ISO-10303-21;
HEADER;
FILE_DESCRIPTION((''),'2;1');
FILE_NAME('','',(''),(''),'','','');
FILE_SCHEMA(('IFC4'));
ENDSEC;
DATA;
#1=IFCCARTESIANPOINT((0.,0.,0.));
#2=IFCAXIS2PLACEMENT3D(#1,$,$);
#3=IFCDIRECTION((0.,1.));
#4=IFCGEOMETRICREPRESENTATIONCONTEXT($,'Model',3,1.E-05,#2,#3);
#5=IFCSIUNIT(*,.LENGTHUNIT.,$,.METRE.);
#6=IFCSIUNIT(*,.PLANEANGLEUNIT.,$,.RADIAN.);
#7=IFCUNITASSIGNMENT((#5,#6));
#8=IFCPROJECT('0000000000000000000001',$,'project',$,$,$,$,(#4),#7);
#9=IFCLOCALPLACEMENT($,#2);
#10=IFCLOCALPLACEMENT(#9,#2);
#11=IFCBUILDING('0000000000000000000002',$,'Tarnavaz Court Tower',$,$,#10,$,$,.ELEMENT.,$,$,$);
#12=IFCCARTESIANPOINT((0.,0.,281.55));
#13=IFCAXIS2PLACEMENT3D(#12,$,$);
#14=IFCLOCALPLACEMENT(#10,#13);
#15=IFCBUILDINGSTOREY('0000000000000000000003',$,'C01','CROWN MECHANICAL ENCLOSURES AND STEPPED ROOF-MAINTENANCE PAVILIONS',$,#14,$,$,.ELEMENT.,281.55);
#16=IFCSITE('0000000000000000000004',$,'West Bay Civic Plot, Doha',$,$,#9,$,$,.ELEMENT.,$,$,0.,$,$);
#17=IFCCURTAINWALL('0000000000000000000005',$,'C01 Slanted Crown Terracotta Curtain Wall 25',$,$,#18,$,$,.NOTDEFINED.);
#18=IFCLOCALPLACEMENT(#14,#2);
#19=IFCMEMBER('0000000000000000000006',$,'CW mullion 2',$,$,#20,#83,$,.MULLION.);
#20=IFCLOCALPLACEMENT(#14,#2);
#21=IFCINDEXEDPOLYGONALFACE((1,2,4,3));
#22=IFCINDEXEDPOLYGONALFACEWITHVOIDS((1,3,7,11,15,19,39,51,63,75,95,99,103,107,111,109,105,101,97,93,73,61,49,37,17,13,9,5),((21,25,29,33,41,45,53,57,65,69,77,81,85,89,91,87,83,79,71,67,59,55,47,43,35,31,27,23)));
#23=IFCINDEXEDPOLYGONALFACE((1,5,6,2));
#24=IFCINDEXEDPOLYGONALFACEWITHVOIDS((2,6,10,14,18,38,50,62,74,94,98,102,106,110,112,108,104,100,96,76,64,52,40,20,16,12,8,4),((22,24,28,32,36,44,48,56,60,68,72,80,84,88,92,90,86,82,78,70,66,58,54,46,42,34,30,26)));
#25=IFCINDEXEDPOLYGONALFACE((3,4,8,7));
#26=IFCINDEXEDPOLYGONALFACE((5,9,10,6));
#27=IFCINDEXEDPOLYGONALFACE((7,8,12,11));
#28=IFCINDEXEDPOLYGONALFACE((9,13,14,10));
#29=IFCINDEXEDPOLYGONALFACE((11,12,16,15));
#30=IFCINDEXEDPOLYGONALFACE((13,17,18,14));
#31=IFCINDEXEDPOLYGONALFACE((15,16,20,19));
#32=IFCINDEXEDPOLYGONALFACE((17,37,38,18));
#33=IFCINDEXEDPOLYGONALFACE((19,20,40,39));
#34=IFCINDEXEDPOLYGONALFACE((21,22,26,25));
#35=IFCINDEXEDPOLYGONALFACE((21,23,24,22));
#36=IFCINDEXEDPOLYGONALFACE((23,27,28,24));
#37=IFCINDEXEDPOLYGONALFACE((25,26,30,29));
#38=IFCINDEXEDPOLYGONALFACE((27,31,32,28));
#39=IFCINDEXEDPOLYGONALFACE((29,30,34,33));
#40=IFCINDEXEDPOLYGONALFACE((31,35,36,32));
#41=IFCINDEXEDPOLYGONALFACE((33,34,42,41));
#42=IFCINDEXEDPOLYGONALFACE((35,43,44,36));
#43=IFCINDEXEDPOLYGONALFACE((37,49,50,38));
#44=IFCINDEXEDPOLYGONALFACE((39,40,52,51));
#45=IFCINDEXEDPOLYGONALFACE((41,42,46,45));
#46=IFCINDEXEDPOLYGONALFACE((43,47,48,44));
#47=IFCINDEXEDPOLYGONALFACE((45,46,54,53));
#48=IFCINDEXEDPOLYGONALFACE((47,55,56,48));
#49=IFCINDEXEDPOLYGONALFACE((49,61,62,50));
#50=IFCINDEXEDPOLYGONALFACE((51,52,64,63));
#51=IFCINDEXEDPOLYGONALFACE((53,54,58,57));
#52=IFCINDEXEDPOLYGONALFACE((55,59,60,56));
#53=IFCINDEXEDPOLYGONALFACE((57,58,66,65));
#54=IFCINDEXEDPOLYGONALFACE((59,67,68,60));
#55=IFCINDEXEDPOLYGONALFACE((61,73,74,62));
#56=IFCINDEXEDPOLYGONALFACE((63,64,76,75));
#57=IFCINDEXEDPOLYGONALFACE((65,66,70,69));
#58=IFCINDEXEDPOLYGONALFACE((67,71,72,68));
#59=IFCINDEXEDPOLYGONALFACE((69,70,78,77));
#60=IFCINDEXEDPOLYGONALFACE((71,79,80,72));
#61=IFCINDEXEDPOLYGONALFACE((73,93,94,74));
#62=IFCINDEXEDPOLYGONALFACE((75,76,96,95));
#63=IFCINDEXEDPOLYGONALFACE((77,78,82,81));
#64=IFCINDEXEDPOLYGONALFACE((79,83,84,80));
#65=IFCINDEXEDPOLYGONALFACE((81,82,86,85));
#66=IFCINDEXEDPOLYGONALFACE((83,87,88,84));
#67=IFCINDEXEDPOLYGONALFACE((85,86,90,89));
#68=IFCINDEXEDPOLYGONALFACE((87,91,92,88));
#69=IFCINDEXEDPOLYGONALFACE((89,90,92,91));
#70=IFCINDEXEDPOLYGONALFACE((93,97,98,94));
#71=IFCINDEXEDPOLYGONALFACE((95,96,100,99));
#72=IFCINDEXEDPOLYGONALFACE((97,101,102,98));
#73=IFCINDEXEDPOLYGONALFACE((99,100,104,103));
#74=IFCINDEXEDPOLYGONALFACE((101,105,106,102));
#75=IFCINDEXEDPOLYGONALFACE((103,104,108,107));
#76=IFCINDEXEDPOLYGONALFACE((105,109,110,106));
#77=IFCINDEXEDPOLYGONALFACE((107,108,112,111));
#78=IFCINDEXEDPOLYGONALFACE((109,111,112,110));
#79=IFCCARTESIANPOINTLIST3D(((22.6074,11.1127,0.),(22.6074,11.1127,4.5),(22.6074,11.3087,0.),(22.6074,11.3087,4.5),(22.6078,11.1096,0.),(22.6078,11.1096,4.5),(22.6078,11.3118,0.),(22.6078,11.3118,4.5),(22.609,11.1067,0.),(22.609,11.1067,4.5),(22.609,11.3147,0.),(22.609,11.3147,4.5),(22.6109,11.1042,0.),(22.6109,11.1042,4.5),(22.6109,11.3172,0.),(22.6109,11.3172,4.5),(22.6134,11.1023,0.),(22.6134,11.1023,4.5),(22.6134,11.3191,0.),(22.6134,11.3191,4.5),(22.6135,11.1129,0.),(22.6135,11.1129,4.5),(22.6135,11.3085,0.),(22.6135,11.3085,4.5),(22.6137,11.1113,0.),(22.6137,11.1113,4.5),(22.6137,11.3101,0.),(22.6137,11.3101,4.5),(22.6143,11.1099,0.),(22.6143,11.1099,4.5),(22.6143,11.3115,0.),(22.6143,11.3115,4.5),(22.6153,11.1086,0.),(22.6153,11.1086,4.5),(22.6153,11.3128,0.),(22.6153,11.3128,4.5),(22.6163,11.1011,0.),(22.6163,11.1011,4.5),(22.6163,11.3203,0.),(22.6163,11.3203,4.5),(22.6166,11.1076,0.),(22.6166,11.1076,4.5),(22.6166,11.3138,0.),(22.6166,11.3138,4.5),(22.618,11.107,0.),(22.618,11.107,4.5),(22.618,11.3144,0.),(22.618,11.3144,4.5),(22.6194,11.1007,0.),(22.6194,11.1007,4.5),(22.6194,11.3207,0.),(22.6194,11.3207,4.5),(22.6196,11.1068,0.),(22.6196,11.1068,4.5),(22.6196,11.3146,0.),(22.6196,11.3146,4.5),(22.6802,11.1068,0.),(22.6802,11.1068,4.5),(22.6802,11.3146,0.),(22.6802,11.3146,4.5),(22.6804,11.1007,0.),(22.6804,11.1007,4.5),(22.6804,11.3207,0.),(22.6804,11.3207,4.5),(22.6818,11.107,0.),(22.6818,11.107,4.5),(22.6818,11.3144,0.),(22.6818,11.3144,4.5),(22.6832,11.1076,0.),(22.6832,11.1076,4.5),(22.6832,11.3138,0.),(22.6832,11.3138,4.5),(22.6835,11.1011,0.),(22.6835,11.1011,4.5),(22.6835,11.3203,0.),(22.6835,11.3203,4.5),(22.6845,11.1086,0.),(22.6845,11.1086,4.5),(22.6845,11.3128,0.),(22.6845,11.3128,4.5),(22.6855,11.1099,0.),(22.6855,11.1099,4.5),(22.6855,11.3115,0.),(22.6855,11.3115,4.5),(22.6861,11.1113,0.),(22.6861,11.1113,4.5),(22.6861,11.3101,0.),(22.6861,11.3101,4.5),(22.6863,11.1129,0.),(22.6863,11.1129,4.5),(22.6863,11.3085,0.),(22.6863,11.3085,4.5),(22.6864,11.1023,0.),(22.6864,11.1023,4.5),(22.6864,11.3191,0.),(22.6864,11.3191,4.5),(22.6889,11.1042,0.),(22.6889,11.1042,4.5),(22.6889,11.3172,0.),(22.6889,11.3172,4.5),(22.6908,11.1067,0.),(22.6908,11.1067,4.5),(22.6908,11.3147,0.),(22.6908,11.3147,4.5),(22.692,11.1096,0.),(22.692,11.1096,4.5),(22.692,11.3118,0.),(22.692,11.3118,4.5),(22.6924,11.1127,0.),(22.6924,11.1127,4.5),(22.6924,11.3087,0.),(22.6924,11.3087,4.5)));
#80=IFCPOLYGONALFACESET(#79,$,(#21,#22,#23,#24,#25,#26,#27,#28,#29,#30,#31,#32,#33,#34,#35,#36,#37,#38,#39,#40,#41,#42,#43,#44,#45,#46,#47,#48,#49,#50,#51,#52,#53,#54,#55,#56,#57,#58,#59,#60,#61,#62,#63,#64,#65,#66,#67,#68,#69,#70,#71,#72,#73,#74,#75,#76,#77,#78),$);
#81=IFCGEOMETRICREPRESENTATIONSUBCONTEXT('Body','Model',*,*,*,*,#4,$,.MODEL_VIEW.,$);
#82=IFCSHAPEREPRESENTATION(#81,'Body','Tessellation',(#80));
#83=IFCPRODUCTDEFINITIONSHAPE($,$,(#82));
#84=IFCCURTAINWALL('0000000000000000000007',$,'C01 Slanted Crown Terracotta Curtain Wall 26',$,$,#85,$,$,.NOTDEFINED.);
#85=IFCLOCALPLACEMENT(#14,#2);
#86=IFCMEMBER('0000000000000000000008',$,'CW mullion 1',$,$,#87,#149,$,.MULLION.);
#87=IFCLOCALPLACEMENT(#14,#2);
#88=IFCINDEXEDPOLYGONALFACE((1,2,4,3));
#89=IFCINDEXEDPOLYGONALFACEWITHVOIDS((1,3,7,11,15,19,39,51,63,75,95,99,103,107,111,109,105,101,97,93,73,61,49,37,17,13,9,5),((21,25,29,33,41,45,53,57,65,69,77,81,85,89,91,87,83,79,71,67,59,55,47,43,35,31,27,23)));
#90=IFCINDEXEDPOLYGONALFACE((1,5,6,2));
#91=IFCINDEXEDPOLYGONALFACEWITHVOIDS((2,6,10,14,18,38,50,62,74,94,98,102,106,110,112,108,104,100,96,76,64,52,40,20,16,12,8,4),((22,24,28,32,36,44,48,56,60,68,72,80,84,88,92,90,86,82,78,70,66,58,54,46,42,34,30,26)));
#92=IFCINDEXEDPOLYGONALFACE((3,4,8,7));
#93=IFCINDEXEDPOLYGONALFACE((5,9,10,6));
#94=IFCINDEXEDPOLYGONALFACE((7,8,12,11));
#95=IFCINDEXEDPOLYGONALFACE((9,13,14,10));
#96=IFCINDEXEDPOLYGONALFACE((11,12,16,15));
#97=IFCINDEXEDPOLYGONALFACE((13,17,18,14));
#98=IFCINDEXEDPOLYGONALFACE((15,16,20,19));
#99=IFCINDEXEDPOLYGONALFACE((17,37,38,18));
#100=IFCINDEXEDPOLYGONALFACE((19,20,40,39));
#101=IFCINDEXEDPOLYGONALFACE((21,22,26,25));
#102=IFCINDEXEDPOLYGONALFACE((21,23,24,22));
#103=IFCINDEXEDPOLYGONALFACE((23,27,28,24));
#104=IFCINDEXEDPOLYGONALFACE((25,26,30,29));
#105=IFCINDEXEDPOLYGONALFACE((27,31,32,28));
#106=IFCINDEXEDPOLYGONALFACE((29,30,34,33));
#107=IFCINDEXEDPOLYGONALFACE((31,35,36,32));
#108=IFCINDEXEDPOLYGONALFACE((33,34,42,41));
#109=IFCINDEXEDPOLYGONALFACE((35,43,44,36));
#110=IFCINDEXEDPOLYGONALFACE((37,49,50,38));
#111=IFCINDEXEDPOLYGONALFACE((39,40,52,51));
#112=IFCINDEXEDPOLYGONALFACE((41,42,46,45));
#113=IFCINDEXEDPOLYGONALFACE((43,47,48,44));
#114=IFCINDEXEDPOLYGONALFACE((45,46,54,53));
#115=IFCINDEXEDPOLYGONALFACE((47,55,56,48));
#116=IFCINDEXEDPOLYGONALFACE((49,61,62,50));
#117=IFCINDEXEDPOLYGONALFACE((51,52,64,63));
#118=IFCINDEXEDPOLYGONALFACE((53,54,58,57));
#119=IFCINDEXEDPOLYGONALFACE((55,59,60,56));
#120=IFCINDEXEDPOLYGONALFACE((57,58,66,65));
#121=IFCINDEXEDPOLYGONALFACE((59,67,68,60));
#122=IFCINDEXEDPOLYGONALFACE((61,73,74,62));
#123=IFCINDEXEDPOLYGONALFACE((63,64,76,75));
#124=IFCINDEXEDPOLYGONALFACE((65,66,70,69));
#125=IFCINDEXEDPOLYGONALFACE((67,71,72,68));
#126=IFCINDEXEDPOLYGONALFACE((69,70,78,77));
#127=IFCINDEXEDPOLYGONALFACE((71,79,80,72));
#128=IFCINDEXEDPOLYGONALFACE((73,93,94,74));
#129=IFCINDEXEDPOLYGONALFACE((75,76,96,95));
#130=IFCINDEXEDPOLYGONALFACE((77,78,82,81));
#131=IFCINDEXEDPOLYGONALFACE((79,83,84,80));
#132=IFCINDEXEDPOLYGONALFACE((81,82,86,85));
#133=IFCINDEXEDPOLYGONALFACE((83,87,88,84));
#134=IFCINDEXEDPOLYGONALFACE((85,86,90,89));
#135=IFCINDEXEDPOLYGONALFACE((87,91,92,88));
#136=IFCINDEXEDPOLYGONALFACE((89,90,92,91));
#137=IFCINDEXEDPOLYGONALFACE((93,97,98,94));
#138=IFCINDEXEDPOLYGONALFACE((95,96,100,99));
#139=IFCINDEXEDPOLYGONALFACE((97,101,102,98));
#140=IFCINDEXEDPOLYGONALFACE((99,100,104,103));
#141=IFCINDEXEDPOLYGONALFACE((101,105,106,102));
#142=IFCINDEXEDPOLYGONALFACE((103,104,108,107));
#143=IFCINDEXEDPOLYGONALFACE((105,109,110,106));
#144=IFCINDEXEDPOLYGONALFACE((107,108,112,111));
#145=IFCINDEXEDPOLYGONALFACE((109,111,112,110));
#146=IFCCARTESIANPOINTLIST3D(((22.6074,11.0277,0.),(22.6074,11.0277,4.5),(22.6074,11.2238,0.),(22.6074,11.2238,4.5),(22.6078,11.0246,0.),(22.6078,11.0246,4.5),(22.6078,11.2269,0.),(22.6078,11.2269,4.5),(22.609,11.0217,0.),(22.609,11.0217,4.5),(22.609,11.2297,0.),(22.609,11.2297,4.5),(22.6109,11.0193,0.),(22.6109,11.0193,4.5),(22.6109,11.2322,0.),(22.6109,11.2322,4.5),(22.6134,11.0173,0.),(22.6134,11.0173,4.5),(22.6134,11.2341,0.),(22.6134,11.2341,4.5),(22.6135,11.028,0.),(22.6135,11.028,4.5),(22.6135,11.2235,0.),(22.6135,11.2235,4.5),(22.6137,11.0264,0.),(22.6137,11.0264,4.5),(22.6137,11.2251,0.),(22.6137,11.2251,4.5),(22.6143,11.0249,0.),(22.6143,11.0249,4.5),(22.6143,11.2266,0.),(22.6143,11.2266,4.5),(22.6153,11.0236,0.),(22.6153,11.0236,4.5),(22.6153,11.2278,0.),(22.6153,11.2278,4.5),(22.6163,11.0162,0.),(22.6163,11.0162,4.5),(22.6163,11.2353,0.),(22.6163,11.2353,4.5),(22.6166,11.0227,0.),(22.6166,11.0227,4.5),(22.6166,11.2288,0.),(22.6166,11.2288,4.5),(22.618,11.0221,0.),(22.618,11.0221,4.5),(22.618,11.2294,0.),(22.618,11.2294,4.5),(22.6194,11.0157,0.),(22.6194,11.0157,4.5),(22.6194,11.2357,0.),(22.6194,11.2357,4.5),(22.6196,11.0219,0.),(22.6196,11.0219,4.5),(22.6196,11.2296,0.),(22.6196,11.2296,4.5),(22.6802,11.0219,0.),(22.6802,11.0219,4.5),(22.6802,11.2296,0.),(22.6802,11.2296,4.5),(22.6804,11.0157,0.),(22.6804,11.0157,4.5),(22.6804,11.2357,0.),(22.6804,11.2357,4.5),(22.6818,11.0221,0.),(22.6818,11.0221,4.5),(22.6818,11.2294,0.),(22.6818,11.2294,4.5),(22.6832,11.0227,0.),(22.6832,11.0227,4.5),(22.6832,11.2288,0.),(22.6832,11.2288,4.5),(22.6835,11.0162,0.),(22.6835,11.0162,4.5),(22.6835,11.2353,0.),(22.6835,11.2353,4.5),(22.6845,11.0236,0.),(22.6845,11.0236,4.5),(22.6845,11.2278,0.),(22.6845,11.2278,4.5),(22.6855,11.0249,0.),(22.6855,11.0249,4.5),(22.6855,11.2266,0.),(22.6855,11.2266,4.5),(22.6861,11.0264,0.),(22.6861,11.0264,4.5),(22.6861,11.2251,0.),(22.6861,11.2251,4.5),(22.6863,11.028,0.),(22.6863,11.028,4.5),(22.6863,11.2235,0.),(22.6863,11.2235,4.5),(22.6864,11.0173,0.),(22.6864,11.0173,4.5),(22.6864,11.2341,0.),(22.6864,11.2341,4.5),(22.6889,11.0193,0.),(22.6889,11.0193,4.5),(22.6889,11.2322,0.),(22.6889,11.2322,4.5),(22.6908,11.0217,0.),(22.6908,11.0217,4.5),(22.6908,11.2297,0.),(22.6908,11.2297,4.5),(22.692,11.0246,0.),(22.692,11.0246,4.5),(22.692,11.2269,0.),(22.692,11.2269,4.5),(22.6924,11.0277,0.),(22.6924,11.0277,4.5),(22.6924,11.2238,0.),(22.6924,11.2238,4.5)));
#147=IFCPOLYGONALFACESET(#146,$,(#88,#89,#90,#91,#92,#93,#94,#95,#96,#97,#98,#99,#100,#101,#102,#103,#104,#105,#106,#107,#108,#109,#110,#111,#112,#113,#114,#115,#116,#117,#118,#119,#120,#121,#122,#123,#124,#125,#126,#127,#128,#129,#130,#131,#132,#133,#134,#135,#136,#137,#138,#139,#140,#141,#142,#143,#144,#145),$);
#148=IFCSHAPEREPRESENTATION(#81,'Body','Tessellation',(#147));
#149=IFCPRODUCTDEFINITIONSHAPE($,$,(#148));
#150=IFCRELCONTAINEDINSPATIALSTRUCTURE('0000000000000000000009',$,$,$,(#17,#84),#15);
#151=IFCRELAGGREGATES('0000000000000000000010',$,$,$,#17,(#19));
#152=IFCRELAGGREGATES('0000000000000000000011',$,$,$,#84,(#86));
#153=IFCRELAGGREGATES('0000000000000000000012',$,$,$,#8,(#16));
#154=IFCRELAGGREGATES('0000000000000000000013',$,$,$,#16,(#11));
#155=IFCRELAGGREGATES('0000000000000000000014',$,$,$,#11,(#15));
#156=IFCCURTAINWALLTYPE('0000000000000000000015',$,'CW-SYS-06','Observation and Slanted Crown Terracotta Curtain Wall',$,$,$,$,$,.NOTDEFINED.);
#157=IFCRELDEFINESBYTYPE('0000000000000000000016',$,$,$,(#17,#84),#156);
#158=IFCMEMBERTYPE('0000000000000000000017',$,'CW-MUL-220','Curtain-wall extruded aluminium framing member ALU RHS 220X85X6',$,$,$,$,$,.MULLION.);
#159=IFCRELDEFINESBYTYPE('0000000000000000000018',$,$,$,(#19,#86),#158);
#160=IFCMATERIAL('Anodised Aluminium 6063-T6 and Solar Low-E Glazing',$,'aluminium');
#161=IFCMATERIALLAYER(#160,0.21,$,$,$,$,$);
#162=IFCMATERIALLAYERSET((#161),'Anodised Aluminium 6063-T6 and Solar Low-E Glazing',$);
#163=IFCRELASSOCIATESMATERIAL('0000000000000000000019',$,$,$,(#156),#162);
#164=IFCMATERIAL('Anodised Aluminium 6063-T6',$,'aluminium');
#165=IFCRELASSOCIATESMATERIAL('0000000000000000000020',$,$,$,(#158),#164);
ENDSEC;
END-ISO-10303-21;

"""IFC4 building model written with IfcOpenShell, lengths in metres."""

from ifc_helpers import new_model, si_unit, direction, frame, origin, origin_2d, place, context, subcontext, project, spatial, hollow_rectangle, extrude, material, layer, layer_set, material_profile, profile_set, type_object, element, aggregate, save


model = new_model("IFC4")

# Units and contexts
model_context = context("Model", 3, precision=1e-05, world=origin(), true_north=direction((0.0, 1.0)))
body_context = subcontext(model_context, "Body", "Model", "MODEL_VIEW")
ifc_project = project(units=[si_unit("LENGTHUNIT", "METRE"), si_unit("PLANEANGLEUNIT", "RADIAN")], contexts=[model_context])

# Site, building, storey
site_placement = place(None, origin())
site = spatial("IfcSite", under=ifc_project, at=site_placement, Name="West Bay Civic Plot, Doha", CompositionType="ELEMENT", RefElevation=0.0)
building_placement = place(site_placement, origin())
building = spatial("IfcBuilding", under=site, at=building_placement, Name="Tarnavaz Court Tower", CompositionType="ELEMENT")
storey_placement = place(building_placement, frame((0.0, 0.0, 281.55)))
storey = spatial("IfcBuildingStorey", under=building, at=storey_placement, Name="C01", Description="CROWN MECHANICAL ENCLOSURES AND STEPPED ROOF-MAINTENANCE PAVILIONS", CompositionType="ELEMENT", Elevation=281.55)

# Shared definitions
ifc_material_1 = material(Name="Anodised Aluminium 6063-T6 and Solar Low-E Glazing", Category="aluminium")
ifc_layer_1 = layer(ifc_material_1, 0.21)
ifc_layer_set_1 = layer_set([ifc_layer_1], Name="Anodised Aluminium 6063-T6 and Solar Low-E Glazing")
curtain_wall_type = type_object("IfcCurtainWallType", Name="CW-SYS-06", Description="Observation and Slanted Crown Terracotta Curtain Wall", PredefinedType="NOTDEFINED", material=ifc_layer_set_1)
ifc_material_2 = material(Name="Anodised Aluminium 6063-T6", Category="aluminium")
ifc_material_profile_1 = material_profile(ifc_material_2, hollow_rectangle(XDim=0.085, YDim=0.22, WallThickness=0.0061, InnerFilletRadius=0.0061, OuterFilletRadius=0.012, at=origin_2d()), Name="ALU RHS 220X85X6")
ifc_profile_set_1 = profile_set([ifc_material_profile_1], Name="Anodised Aluminium 6063-T6")
member_type_1 = type_object("IfcMemberType", Name="CW-MUL-220", Description="Curtain-wall extruded aluminium framing member ALU RHS 220X85X6", PredefinedType="MULLION", material=ifc_profile_set_1)

# Curtain walls, members
curtain_wall_1_placement = place(storey_placement, origin())
curtain_wall_1 = element("IfcCurtainWall", 1, at=curtain_wall_1_placement, inside=storey, type_object=curtain_wall_type, Name="C01 Slanted Crown Terracotta Curtain Wall 25", PredefinedType="NOTDEFINED")
member_1_placement = place(storey_placement, frame((22.6499, 11.2107, 0.0), z_axis=(0.0, 0.0, 1.0), x_axis=(1.0, 0.0, 0.0)))
member_1 = element("IfcMember", 2, at=member_1_placement, type_object=member_type_1, Name="CW mullion 2", PredefinedType="MULLION", context=body_context, shape_type="SweptSolid", body=[
    extrude(hollow_rectangle(XDim=0.085, YDim=0.22, WallThickness=0.0061, InnerFilletRadius=0.0061, OuterFilletRadius=0.012, at=origin_2d()), origin(), (0.0, 0.0, 1.0), 4.5),
])
curtain_wall_2_placement = place(storey_placement, origin())
curtain_wall_2 = element("IfcCurtainWall", 3, at=curtain_wall_2_placement, inside=storey, type_object=curtain_wall_type, Name="C01 Slanted Crown Terracotta Curtain Wall 26", PredefinedType="NOTDEFINED")
member_2_placement = place(storey_placement, frame((22.6499, 11.1257, 0.0), z_axis=(0.0, 0.0, 1.0), x_axis=(1.0, 0.0, 0.0)))
member_2 = element("IfcMember", 4, at=member_2_placement, type_object=member_type_1, Name="CW mullion 1", PredefinedType="MULLION", context=body_context, shape_type="SweptSolid", body=[
    extrude(hollow_rectangle(XDim=0.085, YDim=0.22, WallThickness=0.0061, InnerFilletRadius=0.0061, OuterFilletRadius=0.012, at=origin_2d()), origin(), (0.0, 0.0, 1.0), 4.5),
])

aggregate(curtain_wall_1, [member_1])
aggregate(curtain_wall_2, [member_2])

save(model, "model.ifc")
